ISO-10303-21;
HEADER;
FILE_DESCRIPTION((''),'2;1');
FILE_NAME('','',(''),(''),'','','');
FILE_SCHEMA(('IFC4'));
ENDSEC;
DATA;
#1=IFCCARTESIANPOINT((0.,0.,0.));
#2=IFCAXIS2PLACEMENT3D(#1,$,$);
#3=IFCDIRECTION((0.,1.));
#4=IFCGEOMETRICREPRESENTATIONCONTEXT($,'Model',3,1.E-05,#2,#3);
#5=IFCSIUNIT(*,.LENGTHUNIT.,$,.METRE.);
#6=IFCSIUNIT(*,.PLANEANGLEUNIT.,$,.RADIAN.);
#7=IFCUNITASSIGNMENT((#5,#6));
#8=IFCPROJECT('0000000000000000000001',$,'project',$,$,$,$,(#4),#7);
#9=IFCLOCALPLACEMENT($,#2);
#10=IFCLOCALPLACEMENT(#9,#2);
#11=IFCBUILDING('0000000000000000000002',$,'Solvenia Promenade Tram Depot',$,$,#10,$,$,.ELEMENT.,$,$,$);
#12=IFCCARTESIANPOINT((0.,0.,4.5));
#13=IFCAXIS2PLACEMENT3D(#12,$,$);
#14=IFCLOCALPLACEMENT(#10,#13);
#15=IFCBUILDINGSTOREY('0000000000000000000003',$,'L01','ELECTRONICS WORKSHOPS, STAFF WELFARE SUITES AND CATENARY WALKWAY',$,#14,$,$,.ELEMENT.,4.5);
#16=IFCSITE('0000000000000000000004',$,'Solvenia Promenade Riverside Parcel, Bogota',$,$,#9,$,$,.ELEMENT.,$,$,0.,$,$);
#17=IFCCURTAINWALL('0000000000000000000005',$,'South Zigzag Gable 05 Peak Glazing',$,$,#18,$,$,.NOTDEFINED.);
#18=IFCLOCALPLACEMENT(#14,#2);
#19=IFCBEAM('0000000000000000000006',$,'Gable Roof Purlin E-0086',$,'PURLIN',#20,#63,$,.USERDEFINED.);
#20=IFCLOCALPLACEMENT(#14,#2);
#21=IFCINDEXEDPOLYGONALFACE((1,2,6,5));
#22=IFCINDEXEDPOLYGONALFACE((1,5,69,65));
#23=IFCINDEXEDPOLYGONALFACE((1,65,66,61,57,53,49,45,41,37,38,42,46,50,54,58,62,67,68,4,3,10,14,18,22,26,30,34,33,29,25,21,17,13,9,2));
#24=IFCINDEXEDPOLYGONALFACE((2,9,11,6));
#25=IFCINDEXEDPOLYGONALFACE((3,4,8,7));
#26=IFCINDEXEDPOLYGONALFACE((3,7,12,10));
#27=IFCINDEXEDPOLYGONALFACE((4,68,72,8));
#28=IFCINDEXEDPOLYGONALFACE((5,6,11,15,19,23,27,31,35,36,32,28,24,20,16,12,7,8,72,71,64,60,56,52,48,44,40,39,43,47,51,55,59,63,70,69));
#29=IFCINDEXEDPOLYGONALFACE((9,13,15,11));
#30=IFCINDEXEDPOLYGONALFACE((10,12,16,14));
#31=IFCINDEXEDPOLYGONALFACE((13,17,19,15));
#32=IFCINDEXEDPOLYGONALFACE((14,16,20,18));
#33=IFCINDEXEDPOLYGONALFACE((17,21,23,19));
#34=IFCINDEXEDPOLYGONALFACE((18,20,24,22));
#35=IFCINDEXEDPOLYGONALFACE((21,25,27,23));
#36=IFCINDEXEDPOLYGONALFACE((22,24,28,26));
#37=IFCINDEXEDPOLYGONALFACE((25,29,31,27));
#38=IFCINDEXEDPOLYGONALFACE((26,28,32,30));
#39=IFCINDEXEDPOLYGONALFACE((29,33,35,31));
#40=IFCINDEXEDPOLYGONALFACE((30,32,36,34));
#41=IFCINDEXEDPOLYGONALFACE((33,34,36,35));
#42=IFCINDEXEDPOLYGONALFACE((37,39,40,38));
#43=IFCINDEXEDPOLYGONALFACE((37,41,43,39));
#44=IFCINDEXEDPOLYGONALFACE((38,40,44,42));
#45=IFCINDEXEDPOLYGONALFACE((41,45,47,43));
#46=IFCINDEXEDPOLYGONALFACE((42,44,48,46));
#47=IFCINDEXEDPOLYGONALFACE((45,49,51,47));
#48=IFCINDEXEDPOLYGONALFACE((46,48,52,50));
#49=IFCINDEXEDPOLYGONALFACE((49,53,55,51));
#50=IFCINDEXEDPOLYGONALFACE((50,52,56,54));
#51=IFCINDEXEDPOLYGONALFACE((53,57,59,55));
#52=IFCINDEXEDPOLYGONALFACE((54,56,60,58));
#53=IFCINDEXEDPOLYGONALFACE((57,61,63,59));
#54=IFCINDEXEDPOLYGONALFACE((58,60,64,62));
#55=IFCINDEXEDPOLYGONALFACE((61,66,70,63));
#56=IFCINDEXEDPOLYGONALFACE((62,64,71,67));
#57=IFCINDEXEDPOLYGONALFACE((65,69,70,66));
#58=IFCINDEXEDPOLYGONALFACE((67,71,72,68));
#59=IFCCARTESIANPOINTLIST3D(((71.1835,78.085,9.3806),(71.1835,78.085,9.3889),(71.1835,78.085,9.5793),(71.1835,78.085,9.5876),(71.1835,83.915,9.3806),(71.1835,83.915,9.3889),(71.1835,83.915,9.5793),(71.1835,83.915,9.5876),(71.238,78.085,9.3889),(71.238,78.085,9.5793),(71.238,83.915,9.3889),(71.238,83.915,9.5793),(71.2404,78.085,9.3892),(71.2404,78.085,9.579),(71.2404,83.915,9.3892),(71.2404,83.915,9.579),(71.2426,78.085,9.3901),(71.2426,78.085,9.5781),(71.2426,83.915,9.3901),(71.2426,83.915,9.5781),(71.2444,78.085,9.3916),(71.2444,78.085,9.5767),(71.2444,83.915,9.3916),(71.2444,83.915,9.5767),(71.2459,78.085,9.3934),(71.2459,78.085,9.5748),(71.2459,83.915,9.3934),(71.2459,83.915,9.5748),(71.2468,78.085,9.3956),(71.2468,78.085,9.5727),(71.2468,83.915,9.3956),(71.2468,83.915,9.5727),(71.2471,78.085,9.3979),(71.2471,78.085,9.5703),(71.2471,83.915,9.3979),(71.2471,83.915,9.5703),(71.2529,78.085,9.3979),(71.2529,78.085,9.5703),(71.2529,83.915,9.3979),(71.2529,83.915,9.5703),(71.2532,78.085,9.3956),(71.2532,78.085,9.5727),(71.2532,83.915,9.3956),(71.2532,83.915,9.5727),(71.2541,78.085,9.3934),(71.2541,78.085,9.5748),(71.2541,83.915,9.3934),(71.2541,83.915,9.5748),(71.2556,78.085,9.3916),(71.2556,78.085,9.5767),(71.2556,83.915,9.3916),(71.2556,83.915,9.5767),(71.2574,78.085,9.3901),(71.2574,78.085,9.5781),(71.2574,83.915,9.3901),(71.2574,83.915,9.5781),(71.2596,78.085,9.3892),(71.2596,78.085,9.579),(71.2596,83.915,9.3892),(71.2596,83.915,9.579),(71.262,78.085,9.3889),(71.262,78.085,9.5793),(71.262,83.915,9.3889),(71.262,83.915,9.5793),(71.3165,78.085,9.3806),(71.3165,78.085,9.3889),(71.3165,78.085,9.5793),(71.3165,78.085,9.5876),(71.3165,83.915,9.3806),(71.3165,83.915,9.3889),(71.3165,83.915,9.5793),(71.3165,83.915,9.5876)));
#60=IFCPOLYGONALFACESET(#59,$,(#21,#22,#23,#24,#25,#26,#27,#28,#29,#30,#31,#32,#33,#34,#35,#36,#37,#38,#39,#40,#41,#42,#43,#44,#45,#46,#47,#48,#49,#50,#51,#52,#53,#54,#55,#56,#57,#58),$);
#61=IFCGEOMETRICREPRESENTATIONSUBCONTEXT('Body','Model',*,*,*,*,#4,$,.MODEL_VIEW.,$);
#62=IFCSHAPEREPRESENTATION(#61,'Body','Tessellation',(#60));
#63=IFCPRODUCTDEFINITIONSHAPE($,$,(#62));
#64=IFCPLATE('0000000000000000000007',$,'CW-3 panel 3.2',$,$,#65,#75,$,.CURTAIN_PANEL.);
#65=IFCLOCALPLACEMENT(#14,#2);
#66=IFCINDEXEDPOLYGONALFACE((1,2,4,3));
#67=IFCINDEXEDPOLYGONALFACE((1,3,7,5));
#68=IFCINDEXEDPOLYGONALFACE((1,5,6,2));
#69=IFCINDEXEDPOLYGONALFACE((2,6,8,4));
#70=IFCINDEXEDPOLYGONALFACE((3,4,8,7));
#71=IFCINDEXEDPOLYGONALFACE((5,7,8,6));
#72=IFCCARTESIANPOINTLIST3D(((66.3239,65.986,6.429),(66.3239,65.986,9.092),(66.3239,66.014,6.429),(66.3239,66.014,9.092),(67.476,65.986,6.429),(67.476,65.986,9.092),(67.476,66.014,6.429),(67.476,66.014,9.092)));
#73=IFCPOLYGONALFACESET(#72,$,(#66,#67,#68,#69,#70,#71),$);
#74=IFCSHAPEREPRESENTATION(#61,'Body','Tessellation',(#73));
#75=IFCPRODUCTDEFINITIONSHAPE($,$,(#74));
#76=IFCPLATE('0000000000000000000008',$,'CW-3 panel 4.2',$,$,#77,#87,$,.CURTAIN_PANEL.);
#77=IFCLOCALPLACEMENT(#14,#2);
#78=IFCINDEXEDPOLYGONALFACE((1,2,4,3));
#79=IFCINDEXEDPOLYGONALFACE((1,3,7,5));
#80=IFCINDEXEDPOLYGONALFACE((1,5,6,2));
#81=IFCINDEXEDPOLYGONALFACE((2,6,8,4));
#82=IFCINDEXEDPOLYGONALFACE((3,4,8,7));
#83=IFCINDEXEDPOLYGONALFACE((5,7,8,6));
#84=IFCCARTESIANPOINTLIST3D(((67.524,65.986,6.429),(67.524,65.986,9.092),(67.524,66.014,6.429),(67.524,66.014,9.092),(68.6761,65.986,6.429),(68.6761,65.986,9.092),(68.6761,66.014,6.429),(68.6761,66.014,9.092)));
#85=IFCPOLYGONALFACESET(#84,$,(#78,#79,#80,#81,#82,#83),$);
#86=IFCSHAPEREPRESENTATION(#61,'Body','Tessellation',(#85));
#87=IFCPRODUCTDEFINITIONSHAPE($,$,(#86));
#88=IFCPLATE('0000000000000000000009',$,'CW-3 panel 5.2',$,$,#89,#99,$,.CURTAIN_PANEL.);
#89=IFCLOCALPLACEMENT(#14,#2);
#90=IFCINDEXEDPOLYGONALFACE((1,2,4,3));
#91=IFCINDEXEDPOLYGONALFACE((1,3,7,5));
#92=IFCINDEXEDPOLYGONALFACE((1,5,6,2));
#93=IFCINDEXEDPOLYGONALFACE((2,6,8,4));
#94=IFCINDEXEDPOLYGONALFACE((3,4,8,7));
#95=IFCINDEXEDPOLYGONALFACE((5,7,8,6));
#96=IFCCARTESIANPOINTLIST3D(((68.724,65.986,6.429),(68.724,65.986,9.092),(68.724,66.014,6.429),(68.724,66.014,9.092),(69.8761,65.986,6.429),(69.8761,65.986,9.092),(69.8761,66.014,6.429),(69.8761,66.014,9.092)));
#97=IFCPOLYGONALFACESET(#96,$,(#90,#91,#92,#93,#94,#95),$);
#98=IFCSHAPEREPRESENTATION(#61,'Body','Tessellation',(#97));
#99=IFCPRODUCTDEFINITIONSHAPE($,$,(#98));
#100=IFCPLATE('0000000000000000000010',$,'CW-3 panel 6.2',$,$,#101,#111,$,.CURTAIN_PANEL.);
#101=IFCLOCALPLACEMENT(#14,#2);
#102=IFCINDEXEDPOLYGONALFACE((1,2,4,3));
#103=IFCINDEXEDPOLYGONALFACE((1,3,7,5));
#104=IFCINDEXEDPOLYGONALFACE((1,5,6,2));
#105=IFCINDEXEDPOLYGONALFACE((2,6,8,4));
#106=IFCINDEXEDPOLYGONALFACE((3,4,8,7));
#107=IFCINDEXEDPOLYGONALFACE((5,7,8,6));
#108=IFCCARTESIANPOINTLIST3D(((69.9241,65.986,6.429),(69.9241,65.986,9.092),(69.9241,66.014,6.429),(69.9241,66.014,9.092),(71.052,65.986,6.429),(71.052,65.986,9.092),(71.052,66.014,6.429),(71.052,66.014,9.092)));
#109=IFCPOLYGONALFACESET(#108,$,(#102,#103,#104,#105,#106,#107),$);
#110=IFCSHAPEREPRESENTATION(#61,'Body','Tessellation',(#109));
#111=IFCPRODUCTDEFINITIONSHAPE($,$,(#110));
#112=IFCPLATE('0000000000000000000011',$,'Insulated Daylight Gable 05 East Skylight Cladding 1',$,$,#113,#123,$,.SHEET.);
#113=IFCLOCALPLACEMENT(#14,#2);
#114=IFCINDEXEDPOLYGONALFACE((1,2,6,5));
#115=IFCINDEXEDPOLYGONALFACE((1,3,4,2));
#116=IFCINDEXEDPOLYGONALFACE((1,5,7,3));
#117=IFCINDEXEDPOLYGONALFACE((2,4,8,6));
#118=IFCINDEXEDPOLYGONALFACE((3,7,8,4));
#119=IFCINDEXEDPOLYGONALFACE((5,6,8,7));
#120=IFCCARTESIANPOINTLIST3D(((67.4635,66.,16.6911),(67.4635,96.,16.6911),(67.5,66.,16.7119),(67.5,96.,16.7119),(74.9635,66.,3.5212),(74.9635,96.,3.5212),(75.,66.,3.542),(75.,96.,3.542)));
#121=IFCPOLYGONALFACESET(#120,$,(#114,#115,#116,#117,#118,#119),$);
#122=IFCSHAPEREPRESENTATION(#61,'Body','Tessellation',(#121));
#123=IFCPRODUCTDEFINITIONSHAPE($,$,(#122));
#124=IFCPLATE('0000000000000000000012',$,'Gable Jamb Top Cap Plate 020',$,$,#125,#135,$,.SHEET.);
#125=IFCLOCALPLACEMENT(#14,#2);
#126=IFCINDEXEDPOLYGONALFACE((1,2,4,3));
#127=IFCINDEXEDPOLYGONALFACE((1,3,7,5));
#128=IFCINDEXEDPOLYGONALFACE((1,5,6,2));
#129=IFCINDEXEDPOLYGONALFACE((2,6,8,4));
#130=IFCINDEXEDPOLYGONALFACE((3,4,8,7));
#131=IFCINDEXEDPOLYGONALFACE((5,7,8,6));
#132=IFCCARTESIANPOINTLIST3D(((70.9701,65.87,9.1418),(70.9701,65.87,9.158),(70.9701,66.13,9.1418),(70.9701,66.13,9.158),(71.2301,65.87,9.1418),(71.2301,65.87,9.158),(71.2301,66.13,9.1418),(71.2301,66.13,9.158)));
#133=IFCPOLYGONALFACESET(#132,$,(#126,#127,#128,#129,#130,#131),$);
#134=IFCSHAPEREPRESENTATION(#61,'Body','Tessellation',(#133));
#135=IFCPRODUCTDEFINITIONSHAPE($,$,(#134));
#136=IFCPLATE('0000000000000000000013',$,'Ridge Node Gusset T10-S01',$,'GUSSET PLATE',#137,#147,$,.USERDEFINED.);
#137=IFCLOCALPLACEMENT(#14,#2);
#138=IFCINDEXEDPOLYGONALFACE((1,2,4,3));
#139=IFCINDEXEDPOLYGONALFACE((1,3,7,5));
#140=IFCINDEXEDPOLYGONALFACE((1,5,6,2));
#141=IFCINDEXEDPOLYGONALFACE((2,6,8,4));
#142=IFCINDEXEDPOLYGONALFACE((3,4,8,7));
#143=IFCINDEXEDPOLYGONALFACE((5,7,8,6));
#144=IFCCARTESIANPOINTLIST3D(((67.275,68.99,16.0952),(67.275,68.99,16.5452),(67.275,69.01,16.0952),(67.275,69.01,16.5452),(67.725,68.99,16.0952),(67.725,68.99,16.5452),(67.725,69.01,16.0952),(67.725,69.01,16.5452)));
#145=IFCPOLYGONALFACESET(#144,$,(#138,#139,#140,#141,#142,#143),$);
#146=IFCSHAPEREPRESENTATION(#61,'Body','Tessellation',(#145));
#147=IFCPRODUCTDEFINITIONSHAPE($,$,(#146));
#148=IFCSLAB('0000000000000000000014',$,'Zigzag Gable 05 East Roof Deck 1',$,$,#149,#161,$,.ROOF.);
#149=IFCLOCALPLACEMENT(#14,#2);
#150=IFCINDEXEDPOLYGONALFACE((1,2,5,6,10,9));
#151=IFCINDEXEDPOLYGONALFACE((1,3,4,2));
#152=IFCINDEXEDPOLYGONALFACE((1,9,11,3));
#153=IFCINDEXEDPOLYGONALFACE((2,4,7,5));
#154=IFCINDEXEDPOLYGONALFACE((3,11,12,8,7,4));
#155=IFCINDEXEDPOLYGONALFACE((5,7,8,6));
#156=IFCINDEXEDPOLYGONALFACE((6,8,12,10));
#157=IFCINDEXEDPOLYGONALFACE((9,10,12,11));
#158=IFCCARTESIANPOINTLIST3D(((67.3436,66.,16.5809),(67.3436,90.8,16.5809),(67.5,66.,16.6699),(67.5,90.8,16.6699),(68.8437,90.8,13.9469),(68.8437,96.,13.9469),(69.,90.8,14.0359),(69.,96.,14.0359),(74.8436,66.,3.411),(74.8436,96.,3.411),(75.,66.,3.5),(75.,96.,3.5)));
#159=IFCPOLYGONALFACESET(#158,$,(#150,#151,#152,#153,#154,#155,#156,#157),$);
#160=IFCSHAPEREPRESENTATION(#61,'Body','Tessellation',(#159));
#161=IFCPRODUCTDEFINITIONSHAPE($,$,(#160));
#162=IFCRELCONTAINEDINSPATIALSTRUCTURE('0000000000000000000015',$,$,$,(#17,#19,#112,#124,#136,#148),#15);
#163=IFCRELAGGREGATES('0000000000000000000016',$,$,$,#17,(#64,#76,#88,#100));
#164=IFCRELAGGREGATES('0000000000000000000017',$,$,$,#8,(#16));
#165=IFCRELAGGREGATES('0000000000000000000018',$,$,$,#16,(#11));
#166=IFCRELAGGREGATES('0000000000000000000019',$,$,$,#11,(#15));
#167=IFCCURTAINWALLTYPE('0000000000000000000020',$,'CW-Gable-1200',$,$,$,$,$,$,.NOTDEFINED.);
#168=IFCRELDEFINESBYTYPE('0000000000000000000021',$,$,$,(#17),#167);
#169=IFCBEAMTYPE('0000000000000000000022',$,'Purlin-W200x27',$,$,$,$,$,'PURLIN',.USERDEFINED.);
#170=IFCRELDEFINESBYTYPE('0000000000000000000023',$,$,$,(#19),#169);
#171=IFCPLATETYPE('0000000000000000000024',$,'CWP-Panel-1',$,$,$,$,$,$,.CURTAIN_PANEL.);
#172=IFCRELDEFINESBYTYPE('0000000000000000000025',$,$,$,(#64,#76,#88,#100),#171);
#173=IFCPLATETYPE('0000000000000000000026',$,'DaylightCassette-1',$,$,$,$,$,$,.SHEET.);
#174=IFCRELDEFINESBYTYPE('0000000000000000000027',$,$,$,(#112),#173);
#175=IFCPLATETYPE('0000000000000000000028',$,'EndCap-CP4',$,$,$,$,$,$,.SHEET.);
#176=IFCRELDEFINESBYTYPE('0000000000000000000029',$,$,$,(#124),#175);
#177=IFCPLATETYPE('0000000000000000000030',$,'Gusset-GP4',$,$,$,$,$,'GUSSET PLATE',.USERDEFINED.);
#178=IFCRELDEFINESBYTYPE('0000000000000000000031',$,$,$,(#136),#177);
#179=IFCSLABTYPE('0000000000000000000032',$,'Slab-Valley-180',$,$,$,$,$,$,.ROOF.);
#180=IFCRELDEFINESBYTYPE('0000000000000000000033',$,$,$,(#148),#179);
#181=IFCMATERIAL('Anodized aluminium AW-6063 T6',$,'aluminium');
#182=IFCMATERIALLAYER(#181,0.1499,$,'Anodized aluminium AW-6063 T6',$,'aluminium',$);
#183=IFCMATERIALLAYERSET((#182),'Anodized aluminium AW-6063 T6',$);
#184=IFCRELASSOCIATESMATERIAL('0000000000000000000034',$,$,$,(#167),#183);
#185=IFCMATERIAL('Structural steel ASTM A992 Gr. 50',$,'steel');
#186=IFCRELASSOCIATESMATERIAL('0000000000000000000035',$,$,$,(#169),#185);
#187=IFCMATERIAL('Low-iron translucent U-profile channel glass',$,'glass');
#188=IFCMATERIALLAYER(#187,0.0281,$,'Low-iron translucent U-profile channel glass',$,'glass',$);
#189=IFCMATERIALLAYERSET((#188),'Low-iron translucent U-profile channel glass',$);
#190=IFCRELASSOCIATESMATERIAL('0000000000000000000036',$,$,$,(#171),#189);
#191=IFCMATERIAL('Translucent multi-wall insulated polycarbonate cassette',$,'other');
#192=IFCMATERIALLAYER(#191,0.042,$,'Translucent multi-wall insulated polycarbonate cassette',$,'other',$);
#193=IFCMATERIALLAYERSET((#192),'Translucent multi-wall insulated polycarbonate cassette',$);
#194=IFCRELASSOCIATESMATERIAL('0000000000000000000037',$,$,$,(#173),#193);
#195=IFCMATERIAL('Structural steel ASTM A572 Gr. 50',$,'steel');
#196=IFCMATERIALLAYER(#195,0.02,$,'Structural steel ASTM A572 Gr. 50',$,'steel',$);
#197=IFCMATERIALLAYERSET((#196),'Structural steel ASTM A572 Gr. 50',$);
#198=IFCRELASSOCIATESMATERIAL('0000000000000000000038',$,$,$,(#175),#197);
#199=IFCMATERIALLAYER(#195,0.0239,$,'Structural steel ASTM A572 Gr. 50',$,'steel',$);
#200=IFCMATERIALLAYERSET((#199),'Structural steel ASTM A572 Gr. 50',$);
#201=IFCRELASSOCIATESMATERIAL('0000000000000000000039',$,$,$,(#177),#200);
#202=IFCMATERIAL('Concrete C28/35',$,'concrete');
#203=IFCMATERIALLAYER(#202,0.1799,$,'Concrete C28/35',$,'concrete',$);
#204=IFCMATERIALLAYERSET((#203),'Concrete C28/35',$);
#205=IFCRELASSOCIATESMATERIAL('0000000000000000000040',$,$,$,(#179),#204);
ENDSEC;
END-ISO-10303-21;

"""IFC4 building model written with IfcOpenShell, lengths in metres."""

from ifc_helpers import new_model, si_unit, direction, frame, origin, origin_2d, place, context, subcontext, project, spatial, polyline, rectangle, i_section, outline, extrude, material, layer, layer_set, material_profile, profile_set, type_object, element, aggregate, save


model = new_model("IFC4")

# Units and contexts
model_context = context("Model", 3, precision=1e-05, world=origin(), true_north=direction((0.0, 1.0)))
body_context = subcontext(model_context, "Body", "Model", "MODEL_VIEW")
ifc_project = project(units=[si_unit("LENGTHUNIT", "METRE"), si_unit("PLANEANGLEUNIT", "RADIAN")], contexts=[model_context])

# Site, building, storey
site_placement = place(None, origin())
site = spatial("IfcSite", under=ifc_project, at=site_placement, Name="Solvenia Promenade Riverside Parcel, Bogota", CompositionType="ELEMENT", RefElevation=0.0)
building_placement = place(site_placement, origin())
building = spatial("IfcBuilding", under=site, at=building_placement, Name="Solvenia Promenade Tram Depot", CompositionType="ELEMENT")
storey_placement = place(building_placement, frame((0.0, 0.0, 4.5)))
storey = spatial("IfcBuildingStorey", under=building, at=storey_placement, Name="L01", Description="ELECTRONICS WORKSHOPS, STAFF WELFARE SUITES AND CATENARY WALKWAY", CompositionType="ELEMENT", Elevation=4.5)

# Curtain wall
ifc_material_1 = material(Name="Anodized aluminium AW-6063 T6", Category="aluminium")
ifc_layer_1 = layer(ifc_material_1, 0.1499, Name="Anodized aluminium AW-6063 T6", Category="aluminium")
ifc_layer_set_1 = layer_set([ifc_layer_1], Name="Anodized aluminium AW-6063 T6")
curtain_wall_type = type_object("IfcCurtainWallType", Name="CW-Gable-1200", PredefinedType="NOTDEFINED", material=ifc_layer_set_1)
curtain_wall_placement = place(storey_placement, origin())
curtain_wall = element("IfcCurtainWall", 1, at=curtain_wall_placement, inside=storey, type_object=curtain_wall_type, Name="South Zigzag Gable 05 Peak Glazing", PredefinedType="NOTDEFINED")

# Beam
ifc_material_2 = material(Name="Structural steel ASTM A992 Gr. 50", Category="steel")
ifc_material_profile_1 = material_profile(ifc_material_2, i_section(OverallWidth=0.1331, OverallDepth=0.207, WebThickness=0.0059, FlangeThickness=0.0083, FilletRadius=0.009, at=origin_2d()), Name="W200x27", Category="steel")
ifc_profile_set_1 = profile_set([ifc_material_profile_1], Name="Structural steel ASTM A992 Gr. 50")
beam_type = type_object("IfcBeamType", Name="Purlin-W200x27", ElementType="PURLIN", PredefinedType="USERDEFINED", material=ifc_profile_set_1)
for number, where, z_axis, x_axis, name in (
    (2, (71.25, 78.085, 9.4841), (0.0, 1.0, 0.0), (-1.0, 0.0, 0.0), "Gable Roof Purlin E-0086"),
):
    element("IfcBeam", number, at=place(storey_placement, frame(where, z_axis=z_axis, x_axis=x_axis)), inside=storey, type_object=beam_type, Name=name, ObjectType="PURLIN", PredefinedType="USERDEFINED", context=body_context, shape_type="SweptSolid", body=[
        extrude(i_section(OverallWidth=0.1331, OverallDepth=0.207, WebThickness=0.0059, FlangeThickness=0.0083, FilletRadius=0.009, at=origin_2d()), origin(), (0.0, 0.0, 1.0), 5.8301),
    ])

# Plates
ifc_material_3 = material(Name="Low-iron translucent U-profile channel glass", Category="glass")
ifc_layer_2 = layer(ifc_material_3, 0.0281, Name="Low-iron translucent U-profile channel glass", Category="glass")
ifc_layer_set_2 = layer_set([ifc_layer_2], Name="Low-iron translucent U-profile channel glass")
plate_type_1 = type_object("IfcPlateType", Name="CWP-Panel-1", PredefinedType="CURTAIN_PANEL", material=ifc_layer_set_2)
plate_1_placement = place(storey_placement, frame((66.8999, 66.0, 6.429), z_axis=(0.0, 0.0, 1.0), x_axis=(1.0, 0.0, 0.0)))
plate_1 = element("IfcPlate", 3, at=plate_1_placement, type_object=plate_type_1, Name="CW-3 panel 3.2", PredefinedType="CURTAIN_PANEL", context=body_context, shape_type="SweptSolid", body=[
    extrude(rectangle(XDim=1.1521, YDim=0.0281, at=origin_2d()), origin(), (0.0, 0.0, 1.0), 2.6631),
])
plate_2_placement = place(storey_placement, frame((68.1001, 66.0, 6.429), z_axis=(0.0, 0.0, 1.0), x_axis=(1.0, 0.0, 0.0)))
plate_2 = element("IfcPlate", 4, at=plate_2_placement, type_object=plate_type_1, Name="CW-3 panel 4.2", PredefinedType="CURTAIN_PANEL", context=body_context, shape_type="SweptSolid", body=[
    extrude(rectangle(XDim=1.1521, YDim=0.0281, at=origin_2d()), origin(), (0.0, 0.0, 1.0), 2.6631),
])
plate_3_placement = place(storey_placement, frame((69.3, 66.0, 6.429), z_axis=(0.0, 0.0, 1.0), x_axis=(1.0, 0.0, 0.0)))
plate_3 = element("IfcPlate", 5, at=plate_3_placement, type_object=plate_type_1, Name="CW-3 panel 5.2", PredefinedType="CURTAIN_PANEL", context=body_context, shape_type="SweptSolid", body=[
    extrude(rectangle(XDim=1.1521, YDim=0.0281, at=origin_2d()), origin(), (0.0, 0.0, 1.0), 2.6631),
])
plate_4_placement = place(storey_placement, frame((70.488, 66.0, 6.429), z_axis=(0.0, 0.0, 1.0), x_axis=(1.0, 0.0, 0.0)))
plate_4 = element("IfcPlate", 6, at=plate_4_placement, type_object=plate_type_1, Name="CW-3 panel 6.2", PredefinedType="CURTAIN_PANEL", context=body_context, shape_type="SweptSolid", body=[
    extrude(rectangle(XDim=1.1279, YDim=0.0281, at=origin_2d()), origin(), (0.0, 0.0, 1.0), 2.6631),
])
aggregate(curtain_wall, [plate_1, plate_2, plate_3, plate_4])

# Plates
ifc_material_4 = material(Name="Translucent multi-wall insulated polycarbonate cassette", Category="other")
ifc_layer_3 = layer(ifc_material_4, 0.042, Name="Translucent multi-wall insulated polycarbonate cassette", Category="other")
ifc_layer_set_3 = layer_set([ifc_layer_3], Name="Translucent multi-wall insulated polycarbonate cassette")
plate_type_2 = type_object("IfcPlateType", Name="DaylightCassette-1", PredefinedType="SHEET", material=ifc_layer_set_3)
plate_5_placement = place(storey_placement, frame((67.5, 66.0, 16.7119), z_axis=(0.868972, 0.0, 0.494862), x_axis=(0.0, 1.0, 0.0)))
element("IfcPlate", 7, at=plate_5_placement, inside=storey, type_object=plate_type_2, Name="Insulated Daylight Gable 05 East Skylight Cladding 1", PredefinedType="SHEET", context=body_context, shape_type="SweptSolid", body=[
    extrude(outline(polyline([(0.0, 0.0), (30.0, 0.0), (30.0, -15.1558), (0.0, -15.1558), (0.0, 0.0)])), origin(), (0.0, 0.0, -1.0), 0.042),
])
ifc_material_5 = material(Name="Structural steel ASTM A572 Gr. 50", Category="steel")
ifc_layer_4 = layer(ifc_material_5, 0.02, Name="Structural steel ASTM A572 Gr. 50", Category="steel")
ifc_layer_set_4 = layer_set([ifc_layer_4], Name="Structural steel ASTM A572 Gr. 50")
plate_type_3 = type_object("IfcPlateType", Name="EndCap-CP4", PredefinedType="SHEET", material=ifc_layer_set_4)
plate_6_placement = place(storey_placement, frame((71.1001, 66.0, 9.1418), z_axis=(0.0, 0.0, 1.0), x_axis=(1.0, 0.0, 0.0)))
element("IfcPlate", 8, at=plate_6_placement, inside=storey, type_object=plate_type_3, Name="Gable Jamb Top Cap Plate 020", PredefinedType="SHEET", context=body_context, shape_type="SweptSolid", body=[
    extrude(rectangle(XDim=0.26, YDim=0.26, at=origin_2d()), origin(), (0.0, 0.0, 1.0), 0.0161),
])
ifc_layer_5 = layer(ifc_material_5, 0.0239, Name="Structural steel ASTM A572 Gr. 50", Category="steel")
ifc_layer_set_5 = layer_set([ifc_layer_5], Name="Structural steel ASTM A572 Gr. 50")
plate_type_4 = type_object("IfcPlateType", Name="Gusset-GP4", ElementType="GUSSET PLATE", PredefinedType="USERDEFINED", material=ifc_layer_set_5)
plate_7_placement = place(storey_placement, frame((67.5, 69.0, 16.0952), z_axis=(0.0, 0.0, 1.0), x_axis=(1.0, 0.0, 0.0)))
element("IfcPlate", 9, at=plate_7_placement, inside=storey, type_object=plate_type_4, Name="Ridge Node Gusset T10-S01", ObjectType="GUSSET PLATE", PredefinedType="USERDEFINED", context=body_context, shape_type="SweptSolid", body=[
    extrude(rectangle(XDim=0.45, YDim=0.02, at=origin_2d()), origin(), (0.0, 0.0, 1.0), 0.45),
])

# Slab
ifc_material_6 = material(Name="Concrete C28/35", Category="concrete")
ifc_layer_6 = layer(ifc_material_6, 0.1799, Name="Concrete C28/35", Category="concrete")
ifc_layer_set_6 = layer_set([ifc_layer_6], Name="Concrete C28/35")
slab_type = type_object("IfcSlabType", Name="Slab-Valley-180", PredefinedType="ROOF", material=ifc_layer_set_6)
slab_placement = place(storey_placement, frame((67.5, 66.0, 16.6699), z_axis=(0.868972, 0.0, 0.494862), x_axis=(0.0, 1.0, 0.0)))
element("IfcSlab", 10, at=slab_placement, inside=storey, type_object=slab_type, Name="Zigzag Gable 05 East Roof Deck 1", PredefinedType="ROOF", context=body_context, shape_type="SweptSolid", body=[
    extrude(outline(polyline([(0.0, 0.0), (24.8, 0.0), (24.8, -3.0312), (30.0, -3.0312), (30.0, -15.1558), (0.0, -15.1558), (0.0, 0.0)])), origin(), (0.0, 0.0, -1.0), 0.1799),
])

save(model, "model.ifc")
